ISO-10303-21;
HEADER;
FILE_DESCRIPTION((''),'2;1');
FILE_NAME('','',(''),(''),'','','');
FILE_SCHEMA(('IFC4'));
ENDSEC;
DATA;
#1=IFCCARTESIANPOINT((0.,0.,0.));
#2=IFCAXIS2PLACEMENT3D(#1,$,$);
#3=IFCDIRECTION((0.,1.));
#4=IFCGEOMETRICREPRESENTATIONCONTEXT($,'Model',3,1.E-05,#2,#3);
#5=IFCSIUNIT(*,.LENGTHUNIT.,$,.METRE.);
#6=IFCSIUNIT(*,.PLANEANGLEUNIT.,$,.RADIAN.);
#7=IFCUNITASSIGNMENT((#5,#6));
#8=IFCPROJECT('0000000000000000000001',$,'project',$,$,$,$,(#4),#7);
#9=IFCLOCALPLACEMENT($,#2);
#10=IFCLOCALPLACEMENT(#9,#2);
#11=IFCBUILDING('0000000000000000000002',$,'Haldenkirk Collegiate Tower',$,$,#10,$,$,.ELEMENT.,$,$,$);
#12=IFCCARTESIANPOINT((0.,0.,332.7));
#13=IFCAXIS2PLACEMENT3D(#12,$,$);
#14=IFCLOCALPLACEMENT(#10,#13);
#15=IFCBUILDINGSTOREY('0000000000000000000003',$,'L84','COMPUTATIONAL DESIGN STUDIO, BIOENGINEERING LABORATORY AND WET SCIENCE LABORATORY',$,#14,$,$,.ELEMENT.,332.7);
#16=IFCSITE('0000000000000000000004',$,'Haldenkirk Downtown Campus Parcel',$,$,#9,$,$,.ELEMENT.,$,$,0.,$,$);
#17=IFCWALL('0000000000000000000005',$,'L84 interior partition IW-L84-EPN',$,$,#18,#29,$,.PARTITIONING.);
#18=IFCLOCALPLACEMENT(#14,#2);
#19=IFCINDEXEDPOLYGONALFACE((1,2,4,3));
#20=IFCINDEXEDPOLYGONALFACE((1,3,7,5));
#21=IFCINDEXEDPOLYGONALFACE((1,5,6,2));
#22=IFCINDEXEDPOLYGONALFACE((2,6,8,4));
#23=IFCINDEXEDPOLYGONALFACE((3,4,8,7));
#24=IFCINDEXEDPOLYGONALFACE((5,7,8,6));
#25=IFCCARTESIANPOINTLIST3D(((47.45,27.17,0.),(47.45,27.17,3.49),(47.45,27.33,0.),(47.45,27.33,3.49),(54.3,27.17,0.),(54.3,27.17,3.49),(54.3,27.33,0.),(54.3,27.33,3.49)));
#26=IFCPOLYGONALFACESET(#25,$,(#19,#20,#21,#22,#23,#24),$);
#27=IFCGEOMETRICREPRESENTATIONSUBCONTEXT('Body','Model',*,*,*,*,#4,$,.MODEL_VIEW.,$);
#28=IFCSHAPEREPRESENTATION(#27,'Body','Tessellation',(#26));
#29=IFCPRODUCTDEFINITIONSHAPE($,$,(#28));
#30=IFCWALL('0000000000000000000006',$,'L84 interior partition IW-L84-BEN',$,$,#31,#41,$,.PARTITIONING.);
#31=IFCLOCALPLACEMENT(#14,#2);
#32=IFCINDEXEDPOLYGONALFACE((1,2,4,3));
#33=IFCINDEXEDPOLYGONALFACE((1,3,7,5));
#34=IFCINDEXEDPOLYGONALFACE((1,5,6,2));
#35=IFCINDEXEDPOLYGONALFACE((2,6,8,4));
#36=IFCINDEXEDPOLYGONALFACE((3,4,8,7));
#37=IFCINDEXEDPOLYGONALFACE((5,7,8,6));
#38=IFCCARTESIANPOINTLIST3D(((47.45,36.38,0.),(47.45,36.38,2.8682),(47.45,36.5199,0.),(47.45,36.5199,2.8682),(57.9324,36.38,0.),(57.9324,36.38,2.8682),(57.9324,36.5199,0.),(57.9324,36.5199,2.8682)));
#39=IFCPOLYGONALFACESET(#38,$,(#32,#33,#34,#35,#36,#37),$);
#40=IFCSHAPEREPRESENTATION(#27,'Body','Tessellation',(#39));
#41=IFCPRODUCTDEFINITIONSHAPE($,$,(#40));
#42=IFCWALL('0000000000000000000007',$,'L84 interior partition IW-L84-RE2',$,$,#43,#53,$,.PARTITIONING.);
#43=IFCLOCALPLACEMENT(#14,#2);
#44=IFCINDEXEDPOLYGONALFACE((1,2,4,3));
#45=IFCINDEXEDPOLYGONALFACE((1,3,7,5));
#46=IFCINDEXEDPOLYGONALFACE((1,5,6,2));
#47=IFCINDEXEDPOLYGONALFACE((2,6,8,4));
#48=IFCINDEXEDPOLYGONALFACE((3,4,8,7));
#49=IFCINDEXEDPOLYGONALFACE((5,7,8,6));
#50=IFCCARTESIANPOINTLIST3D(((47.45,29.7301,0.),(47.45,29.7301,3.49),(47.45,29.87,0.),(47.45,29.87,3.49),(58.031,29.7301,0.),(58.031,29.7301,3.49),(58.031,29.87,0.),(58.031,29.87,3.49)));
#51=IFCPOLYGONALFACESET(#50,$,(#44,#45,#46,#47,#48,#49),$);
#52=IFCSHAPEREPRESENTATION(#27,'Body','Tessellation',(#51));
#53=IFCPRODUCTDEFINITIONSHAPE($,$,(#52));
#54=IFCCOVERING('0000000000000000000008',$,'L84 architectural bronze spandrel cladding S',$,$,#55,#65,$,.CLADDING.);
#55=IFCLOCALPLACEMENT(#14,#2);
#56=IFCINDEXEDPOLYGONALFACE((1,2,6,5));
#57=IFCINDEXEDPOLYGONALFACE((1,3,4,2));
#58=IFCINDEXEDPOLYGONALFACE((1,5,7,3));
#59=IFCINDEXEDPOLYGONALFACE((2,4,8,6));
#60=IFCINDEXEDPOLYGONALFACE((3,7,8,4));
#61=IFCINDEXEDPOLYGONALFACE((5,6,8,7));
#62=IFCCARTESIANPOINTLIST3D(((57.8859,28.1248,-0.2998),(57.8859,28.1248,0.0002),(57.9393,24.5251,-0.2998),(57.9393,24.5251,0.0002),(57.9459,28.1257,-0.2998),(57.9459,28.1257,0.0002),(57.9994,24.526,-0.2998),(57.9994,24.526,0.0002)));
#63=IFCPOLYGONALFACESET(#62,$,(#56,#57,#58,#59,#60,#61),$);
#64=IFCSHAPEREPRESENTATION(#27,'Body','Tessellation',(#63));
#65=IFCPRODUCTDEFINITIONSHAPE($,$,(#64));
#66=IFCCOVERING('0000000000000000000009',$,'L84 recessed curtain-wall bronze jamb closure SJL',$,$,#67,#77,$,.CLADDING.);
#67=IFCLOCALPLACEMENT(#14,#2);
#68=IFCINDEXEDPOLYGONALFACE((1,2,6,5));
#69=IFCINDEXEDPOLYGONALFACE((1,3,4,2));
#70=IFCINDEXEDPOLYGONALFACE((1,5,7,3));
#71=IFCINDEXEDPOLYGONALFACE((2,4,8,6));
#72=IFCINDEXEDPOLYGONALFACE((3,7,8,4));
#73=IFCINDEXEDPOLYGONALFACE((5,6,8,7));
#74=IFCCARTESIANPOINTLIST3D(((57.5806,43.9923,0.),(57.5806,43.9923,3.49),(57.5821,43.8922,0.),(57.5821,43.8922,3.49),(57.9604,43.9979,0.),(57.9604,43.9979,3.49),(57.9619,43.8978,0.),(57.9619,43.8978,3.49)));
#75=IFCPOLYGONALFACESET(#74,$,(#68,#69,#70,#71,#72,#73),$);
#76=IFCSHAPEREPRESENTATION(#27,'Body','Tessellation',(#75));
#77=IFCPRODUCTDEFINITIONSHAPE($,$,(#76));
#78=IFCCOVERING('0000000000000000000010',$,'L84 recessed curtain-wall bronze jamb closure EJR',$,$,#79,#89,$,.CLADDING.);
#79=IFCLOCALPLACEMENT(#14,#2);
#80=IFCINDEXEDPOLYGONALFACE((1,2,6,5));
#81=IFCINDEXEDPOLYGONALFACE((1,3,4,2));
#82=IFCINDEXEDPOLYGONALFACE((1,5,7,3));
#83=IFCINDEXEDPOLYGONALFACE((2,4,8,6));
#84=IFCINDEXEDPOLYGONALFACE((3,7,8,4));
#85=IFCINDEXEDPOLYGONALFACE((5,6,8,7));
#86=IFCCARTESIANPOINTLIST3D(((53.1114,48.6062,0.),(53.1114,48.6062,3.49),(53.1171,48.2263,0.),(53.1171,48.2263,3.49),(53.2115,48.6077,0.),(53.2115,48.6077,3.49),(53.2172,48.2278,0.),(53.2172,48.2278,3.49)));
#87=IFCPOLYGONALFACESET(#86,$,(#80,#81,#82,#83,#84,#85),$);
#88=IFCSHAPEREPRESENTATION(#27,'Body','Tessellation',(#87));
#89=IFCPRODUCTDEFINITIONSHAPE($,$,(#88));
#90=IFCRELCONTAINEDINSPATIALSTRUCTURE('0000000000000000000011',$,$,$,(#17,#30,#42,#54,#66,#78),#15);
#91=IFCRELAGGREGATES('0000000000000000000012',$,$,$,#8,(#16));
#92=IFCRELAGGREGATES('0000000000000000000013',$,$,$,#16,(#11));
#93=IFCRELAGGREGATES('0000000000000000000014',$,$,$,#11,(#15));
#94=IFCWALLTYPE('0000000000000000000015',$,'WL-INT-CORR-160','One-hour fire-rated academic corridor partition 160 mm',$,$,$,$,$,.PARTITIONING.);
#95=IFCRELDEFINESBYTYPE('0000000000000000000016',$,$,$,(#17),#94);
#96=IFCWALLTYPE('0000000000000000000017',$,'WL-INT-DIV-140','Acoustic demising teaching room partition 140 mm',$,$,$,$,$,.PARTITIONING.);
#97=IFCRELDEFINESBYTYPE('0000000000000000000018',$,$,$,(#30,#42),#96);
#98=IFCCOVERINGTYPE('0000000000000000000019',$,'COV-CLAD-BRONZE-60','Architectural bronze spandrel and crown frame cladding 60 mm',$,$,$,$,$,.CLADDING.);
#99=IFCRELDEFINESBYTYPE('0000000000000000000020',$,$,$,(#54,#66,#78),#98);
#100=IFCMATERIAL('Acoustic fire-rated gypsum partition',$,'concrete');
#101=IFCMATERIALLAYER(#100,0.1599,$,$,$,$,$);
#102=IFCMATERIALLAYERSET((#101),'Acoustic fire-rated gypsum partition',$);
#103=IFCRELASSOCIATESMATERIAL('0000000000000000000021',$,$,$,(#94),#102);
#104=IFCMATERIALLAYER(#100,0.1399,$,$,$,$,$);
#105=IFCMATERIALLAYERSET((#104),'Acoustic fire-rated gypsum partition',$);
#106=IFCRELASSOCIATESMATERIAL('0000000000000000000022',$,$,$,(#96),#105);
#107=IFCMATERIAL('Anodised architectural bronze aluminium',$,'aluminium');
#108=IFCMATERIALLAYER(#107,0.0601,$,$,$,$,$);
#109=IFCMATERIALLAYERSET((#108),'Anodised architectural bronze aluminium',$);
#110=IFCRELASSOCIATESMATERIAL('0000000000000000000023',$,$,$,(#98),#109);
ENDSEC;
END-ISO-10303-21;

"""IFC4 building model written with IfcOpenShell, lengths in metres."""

from ifc_helpers import new_model, si_unit, direction, frame, frame_2d, origin, origin_2d, place, context, subcontext, project, spatial, rectangle, extrude, source, transform, mapped, material, layer, layer_set, type_object, element, save


model = new_model("IFC4")

# Units and contexts
model_context = context("Model", 3, precision=1e-05, world=origin(), true_north=direction((0.0, 1.0)))
body_context = subcontext(model_context, "Body", "Model", "MODEL_VIEW")
ifc_project = project(units=[si_unit("LENGTHUNIT", "METRE"), si_unit("PLANEANGLEUNIT", "RADIAN")], contexts=[model_context])

# Site, building, storey
site_placement = place(None, origin())
site = spatial("IfcSite", under=ifc_project, at=site_placement, Name="Haldenkirk Downtown Campus Parcel", CompositionType="ELEMENT", RefElevation=0.0)
building_placement = place(site_placement, origin())
building = spatial("IfcBuilding", under=site, at=building_placement, Name="Haldenkirk Collegiate Tower", CompositionType="ELEMENT")
storey_placement = place(building_placement, frame((0.0, 0.0, 332.7)))
storey = spatial("IfcBuildingStorey", under=building, at=storey_placement, Name="L84", Description="COMPUTATIONAL DESIGN STUDIO, BIOENGINEERING LABORATORY AND WET SCIENCE LABORATORY", CompositionType="ELEMENT", Elevation=332.7)

# Shared definitions
ifc_material_1 = material(Name="Anodised architectural bronze aluminium", Category="aluminium")

# Walls
ifc_material_2 = material(Name="Acoustic fire-rated gypsum partition", Category="concrete")
ifc_layer_1 = layer(ifc_material_2, 0.1599)
ifc_layer_set_1 = layer_set([ifc_layer_1], Name="Acoustic fire-rated gypsum partition")
wall_type_1 = type_object("IfcWallType", Name="WL-INT-CORR-160", Description="One-hour fire-rated academic corridor partition 160 mm", PredefinedType="PARTITIONING", material=ifc_layer_set_1)
wall_1_placement = place(storey_placement, frame((47.45, 27.25, 0.0), z_axis=(0.0, 0.0, 1.0), x_axis=(1.0, 0.0, 0.0)))
element("IfcWall", 1, at=wall_1_placement, inside=storey, type_object=wall_type_1, Name="L84 interior partition IW-L84-EPN", PredefinedType="PARTITIONING", context=body_context, shape_type="SweptSolid", body=[
    extrude(rectangle(XDim=6.8501, YDim=0.1599, at=frame_2d((3.425, 0.0))), origin(), (0.0, 0.0, 1.0), 3.49),
])
ifc_layer_2 = layer(ifc_material_2, 0.1399)
ifc_layer_set_2 = layer_set([ifc_layer_2], Name="Acoustic fire-rated gypsum partition")
wall_type_2 = type_object("IfcWallType", Name="WL-INT-DIV-140", Description="Acoustic demising teaching room partition 140 mm", PredefinedType="PARTITIONING", material=ifc_layer_set_2)
wall_2_placement = place(storey_placement, frame((47.45, 36.45, 0.0), z_axis=(0.0, 0.0, 1.0), x_axis=(1.0, 0.0, 0.0)))
element("IfcWall", 2, at=wall_2_placement, inside=storey, type_object=wall_type_2, Name="L84 interior partition IW-L84-BEN", PredefinedType="PARTITIONING", context=body_context, shape_type="SweptSolid", body=[
    extrude(rectangle(XDim=10.4824, YDim=0.1399, at=frame_2d((5.2412, 0.0))), origin(), (0.0, 0.0, 1.0), 2.8682),
])
wall_3_placement = place(storey_placement, frame((47.45, 29.8, 0.0), z_axis=(0.0, 0.0, 1.0), x_axis=(1.0, 0.0, 0.0)))
element("IfcWall", 3, at=wall_3_placement, inside=storey, type_object=wall_type_2, Name="L84 interior partition IW-L84-RE2", PredefinedType="PARTITIONING", context=body_context, shape_type="SweptSolid", body=[
    extrude(rectangle(XDim=10.5811, YDim=0.1399, at=frame_2d((5.2905, 0.0))), origin(), (0.0, 0.0, 1.0), 3.49),
])

# Coverings
ifc_layer_3 = layer(ifc_material_1, 0.0601)
ifc_layer_set_3 = layer_set([ifc_layer_3], Name="Anodised architectural bronze aluminium")
covering_type = type_object("IfcCoveringType", Name="COV-CLAD-BRONZE-60", Description="Architectural bronze spandrel and crown frame cladding 60 mm", PredefinedType="CLADDING", material=ifc_layer_set_3)
shared_shape_1 = source(origin(), body_context, "Body", "SweptSolid", [
    extrude(rectangle(XDim=3.6001, YDim=0.0601, at=origin_2d()), origin(), (0.0, 0.0, 1.0), 0.3),
])
covering_placement = place(storey_placement, frame((57.9426, 26.3254, -0.2998), z_axis=(0.0, 0.0, 1.0), x_axis=(0.014835, -0.99989, 0.0)))
element("IfcCovering", 4, at=covering_placement, inside=storey, type_object=covering_type, Name="L84 architectural bronze spandrel cladding S", PredefinedType="CLADDING", context=body_context, shape_type="MappedRepresentation", body=[
    mapped(shared_shape_1, transform((0.0, 0.0, 0.0), x_axis=(1.0, 0.0, 0.0), y_axis=(0.0, 1.0, 0.0), z_axis=(0.0, 0.0, 1.0), scale=1.0)),
])
shared_shape_2 = source(origin(), body_context, "Body", "SweptSolid", [
    extrude(rectangle(XDim=0.1001, YDim=0.3799, at=origin_2d()), origin(), (0.0, 0.0, 1.0), 3.49),
])
for number, where, z_axis, x_axis, name in (
    (5, (57.7712, 43.9451, 0.0), (0.0, 0.0, 1.0), (0.014835, -0.99989, 0.0), "L84 recessed curtain-wall bronze jamb closure SJL"),
    (6, (53.1643, 48.417, 0.0), (0.0, 0.0, 1.0), (0.99989, 0.014835, 0.0), "L84 recessed curtain-wall bronze jamb closure EJR"),
):
    element("IfcCovering", number, at=place(storey_placement, frame(where, z_axis=z_axis, x_axis=x_axis)), inside=storey, type_object=covering_type, Name=name, PredefinedType="CLADDING", context=body_context, shape_type="MappedRepresentation", body=[
        mapped(shared_shape_2, transform((0.0, 0.0, 0.0), x_axis=(1.0, 0.0, 0.0), y_axis=(0.0, 1.0, 0.0), z_axis=(0.0, 0.0, 1.0), scale=1.0)),
    ])

save(model, "model.ifc")
